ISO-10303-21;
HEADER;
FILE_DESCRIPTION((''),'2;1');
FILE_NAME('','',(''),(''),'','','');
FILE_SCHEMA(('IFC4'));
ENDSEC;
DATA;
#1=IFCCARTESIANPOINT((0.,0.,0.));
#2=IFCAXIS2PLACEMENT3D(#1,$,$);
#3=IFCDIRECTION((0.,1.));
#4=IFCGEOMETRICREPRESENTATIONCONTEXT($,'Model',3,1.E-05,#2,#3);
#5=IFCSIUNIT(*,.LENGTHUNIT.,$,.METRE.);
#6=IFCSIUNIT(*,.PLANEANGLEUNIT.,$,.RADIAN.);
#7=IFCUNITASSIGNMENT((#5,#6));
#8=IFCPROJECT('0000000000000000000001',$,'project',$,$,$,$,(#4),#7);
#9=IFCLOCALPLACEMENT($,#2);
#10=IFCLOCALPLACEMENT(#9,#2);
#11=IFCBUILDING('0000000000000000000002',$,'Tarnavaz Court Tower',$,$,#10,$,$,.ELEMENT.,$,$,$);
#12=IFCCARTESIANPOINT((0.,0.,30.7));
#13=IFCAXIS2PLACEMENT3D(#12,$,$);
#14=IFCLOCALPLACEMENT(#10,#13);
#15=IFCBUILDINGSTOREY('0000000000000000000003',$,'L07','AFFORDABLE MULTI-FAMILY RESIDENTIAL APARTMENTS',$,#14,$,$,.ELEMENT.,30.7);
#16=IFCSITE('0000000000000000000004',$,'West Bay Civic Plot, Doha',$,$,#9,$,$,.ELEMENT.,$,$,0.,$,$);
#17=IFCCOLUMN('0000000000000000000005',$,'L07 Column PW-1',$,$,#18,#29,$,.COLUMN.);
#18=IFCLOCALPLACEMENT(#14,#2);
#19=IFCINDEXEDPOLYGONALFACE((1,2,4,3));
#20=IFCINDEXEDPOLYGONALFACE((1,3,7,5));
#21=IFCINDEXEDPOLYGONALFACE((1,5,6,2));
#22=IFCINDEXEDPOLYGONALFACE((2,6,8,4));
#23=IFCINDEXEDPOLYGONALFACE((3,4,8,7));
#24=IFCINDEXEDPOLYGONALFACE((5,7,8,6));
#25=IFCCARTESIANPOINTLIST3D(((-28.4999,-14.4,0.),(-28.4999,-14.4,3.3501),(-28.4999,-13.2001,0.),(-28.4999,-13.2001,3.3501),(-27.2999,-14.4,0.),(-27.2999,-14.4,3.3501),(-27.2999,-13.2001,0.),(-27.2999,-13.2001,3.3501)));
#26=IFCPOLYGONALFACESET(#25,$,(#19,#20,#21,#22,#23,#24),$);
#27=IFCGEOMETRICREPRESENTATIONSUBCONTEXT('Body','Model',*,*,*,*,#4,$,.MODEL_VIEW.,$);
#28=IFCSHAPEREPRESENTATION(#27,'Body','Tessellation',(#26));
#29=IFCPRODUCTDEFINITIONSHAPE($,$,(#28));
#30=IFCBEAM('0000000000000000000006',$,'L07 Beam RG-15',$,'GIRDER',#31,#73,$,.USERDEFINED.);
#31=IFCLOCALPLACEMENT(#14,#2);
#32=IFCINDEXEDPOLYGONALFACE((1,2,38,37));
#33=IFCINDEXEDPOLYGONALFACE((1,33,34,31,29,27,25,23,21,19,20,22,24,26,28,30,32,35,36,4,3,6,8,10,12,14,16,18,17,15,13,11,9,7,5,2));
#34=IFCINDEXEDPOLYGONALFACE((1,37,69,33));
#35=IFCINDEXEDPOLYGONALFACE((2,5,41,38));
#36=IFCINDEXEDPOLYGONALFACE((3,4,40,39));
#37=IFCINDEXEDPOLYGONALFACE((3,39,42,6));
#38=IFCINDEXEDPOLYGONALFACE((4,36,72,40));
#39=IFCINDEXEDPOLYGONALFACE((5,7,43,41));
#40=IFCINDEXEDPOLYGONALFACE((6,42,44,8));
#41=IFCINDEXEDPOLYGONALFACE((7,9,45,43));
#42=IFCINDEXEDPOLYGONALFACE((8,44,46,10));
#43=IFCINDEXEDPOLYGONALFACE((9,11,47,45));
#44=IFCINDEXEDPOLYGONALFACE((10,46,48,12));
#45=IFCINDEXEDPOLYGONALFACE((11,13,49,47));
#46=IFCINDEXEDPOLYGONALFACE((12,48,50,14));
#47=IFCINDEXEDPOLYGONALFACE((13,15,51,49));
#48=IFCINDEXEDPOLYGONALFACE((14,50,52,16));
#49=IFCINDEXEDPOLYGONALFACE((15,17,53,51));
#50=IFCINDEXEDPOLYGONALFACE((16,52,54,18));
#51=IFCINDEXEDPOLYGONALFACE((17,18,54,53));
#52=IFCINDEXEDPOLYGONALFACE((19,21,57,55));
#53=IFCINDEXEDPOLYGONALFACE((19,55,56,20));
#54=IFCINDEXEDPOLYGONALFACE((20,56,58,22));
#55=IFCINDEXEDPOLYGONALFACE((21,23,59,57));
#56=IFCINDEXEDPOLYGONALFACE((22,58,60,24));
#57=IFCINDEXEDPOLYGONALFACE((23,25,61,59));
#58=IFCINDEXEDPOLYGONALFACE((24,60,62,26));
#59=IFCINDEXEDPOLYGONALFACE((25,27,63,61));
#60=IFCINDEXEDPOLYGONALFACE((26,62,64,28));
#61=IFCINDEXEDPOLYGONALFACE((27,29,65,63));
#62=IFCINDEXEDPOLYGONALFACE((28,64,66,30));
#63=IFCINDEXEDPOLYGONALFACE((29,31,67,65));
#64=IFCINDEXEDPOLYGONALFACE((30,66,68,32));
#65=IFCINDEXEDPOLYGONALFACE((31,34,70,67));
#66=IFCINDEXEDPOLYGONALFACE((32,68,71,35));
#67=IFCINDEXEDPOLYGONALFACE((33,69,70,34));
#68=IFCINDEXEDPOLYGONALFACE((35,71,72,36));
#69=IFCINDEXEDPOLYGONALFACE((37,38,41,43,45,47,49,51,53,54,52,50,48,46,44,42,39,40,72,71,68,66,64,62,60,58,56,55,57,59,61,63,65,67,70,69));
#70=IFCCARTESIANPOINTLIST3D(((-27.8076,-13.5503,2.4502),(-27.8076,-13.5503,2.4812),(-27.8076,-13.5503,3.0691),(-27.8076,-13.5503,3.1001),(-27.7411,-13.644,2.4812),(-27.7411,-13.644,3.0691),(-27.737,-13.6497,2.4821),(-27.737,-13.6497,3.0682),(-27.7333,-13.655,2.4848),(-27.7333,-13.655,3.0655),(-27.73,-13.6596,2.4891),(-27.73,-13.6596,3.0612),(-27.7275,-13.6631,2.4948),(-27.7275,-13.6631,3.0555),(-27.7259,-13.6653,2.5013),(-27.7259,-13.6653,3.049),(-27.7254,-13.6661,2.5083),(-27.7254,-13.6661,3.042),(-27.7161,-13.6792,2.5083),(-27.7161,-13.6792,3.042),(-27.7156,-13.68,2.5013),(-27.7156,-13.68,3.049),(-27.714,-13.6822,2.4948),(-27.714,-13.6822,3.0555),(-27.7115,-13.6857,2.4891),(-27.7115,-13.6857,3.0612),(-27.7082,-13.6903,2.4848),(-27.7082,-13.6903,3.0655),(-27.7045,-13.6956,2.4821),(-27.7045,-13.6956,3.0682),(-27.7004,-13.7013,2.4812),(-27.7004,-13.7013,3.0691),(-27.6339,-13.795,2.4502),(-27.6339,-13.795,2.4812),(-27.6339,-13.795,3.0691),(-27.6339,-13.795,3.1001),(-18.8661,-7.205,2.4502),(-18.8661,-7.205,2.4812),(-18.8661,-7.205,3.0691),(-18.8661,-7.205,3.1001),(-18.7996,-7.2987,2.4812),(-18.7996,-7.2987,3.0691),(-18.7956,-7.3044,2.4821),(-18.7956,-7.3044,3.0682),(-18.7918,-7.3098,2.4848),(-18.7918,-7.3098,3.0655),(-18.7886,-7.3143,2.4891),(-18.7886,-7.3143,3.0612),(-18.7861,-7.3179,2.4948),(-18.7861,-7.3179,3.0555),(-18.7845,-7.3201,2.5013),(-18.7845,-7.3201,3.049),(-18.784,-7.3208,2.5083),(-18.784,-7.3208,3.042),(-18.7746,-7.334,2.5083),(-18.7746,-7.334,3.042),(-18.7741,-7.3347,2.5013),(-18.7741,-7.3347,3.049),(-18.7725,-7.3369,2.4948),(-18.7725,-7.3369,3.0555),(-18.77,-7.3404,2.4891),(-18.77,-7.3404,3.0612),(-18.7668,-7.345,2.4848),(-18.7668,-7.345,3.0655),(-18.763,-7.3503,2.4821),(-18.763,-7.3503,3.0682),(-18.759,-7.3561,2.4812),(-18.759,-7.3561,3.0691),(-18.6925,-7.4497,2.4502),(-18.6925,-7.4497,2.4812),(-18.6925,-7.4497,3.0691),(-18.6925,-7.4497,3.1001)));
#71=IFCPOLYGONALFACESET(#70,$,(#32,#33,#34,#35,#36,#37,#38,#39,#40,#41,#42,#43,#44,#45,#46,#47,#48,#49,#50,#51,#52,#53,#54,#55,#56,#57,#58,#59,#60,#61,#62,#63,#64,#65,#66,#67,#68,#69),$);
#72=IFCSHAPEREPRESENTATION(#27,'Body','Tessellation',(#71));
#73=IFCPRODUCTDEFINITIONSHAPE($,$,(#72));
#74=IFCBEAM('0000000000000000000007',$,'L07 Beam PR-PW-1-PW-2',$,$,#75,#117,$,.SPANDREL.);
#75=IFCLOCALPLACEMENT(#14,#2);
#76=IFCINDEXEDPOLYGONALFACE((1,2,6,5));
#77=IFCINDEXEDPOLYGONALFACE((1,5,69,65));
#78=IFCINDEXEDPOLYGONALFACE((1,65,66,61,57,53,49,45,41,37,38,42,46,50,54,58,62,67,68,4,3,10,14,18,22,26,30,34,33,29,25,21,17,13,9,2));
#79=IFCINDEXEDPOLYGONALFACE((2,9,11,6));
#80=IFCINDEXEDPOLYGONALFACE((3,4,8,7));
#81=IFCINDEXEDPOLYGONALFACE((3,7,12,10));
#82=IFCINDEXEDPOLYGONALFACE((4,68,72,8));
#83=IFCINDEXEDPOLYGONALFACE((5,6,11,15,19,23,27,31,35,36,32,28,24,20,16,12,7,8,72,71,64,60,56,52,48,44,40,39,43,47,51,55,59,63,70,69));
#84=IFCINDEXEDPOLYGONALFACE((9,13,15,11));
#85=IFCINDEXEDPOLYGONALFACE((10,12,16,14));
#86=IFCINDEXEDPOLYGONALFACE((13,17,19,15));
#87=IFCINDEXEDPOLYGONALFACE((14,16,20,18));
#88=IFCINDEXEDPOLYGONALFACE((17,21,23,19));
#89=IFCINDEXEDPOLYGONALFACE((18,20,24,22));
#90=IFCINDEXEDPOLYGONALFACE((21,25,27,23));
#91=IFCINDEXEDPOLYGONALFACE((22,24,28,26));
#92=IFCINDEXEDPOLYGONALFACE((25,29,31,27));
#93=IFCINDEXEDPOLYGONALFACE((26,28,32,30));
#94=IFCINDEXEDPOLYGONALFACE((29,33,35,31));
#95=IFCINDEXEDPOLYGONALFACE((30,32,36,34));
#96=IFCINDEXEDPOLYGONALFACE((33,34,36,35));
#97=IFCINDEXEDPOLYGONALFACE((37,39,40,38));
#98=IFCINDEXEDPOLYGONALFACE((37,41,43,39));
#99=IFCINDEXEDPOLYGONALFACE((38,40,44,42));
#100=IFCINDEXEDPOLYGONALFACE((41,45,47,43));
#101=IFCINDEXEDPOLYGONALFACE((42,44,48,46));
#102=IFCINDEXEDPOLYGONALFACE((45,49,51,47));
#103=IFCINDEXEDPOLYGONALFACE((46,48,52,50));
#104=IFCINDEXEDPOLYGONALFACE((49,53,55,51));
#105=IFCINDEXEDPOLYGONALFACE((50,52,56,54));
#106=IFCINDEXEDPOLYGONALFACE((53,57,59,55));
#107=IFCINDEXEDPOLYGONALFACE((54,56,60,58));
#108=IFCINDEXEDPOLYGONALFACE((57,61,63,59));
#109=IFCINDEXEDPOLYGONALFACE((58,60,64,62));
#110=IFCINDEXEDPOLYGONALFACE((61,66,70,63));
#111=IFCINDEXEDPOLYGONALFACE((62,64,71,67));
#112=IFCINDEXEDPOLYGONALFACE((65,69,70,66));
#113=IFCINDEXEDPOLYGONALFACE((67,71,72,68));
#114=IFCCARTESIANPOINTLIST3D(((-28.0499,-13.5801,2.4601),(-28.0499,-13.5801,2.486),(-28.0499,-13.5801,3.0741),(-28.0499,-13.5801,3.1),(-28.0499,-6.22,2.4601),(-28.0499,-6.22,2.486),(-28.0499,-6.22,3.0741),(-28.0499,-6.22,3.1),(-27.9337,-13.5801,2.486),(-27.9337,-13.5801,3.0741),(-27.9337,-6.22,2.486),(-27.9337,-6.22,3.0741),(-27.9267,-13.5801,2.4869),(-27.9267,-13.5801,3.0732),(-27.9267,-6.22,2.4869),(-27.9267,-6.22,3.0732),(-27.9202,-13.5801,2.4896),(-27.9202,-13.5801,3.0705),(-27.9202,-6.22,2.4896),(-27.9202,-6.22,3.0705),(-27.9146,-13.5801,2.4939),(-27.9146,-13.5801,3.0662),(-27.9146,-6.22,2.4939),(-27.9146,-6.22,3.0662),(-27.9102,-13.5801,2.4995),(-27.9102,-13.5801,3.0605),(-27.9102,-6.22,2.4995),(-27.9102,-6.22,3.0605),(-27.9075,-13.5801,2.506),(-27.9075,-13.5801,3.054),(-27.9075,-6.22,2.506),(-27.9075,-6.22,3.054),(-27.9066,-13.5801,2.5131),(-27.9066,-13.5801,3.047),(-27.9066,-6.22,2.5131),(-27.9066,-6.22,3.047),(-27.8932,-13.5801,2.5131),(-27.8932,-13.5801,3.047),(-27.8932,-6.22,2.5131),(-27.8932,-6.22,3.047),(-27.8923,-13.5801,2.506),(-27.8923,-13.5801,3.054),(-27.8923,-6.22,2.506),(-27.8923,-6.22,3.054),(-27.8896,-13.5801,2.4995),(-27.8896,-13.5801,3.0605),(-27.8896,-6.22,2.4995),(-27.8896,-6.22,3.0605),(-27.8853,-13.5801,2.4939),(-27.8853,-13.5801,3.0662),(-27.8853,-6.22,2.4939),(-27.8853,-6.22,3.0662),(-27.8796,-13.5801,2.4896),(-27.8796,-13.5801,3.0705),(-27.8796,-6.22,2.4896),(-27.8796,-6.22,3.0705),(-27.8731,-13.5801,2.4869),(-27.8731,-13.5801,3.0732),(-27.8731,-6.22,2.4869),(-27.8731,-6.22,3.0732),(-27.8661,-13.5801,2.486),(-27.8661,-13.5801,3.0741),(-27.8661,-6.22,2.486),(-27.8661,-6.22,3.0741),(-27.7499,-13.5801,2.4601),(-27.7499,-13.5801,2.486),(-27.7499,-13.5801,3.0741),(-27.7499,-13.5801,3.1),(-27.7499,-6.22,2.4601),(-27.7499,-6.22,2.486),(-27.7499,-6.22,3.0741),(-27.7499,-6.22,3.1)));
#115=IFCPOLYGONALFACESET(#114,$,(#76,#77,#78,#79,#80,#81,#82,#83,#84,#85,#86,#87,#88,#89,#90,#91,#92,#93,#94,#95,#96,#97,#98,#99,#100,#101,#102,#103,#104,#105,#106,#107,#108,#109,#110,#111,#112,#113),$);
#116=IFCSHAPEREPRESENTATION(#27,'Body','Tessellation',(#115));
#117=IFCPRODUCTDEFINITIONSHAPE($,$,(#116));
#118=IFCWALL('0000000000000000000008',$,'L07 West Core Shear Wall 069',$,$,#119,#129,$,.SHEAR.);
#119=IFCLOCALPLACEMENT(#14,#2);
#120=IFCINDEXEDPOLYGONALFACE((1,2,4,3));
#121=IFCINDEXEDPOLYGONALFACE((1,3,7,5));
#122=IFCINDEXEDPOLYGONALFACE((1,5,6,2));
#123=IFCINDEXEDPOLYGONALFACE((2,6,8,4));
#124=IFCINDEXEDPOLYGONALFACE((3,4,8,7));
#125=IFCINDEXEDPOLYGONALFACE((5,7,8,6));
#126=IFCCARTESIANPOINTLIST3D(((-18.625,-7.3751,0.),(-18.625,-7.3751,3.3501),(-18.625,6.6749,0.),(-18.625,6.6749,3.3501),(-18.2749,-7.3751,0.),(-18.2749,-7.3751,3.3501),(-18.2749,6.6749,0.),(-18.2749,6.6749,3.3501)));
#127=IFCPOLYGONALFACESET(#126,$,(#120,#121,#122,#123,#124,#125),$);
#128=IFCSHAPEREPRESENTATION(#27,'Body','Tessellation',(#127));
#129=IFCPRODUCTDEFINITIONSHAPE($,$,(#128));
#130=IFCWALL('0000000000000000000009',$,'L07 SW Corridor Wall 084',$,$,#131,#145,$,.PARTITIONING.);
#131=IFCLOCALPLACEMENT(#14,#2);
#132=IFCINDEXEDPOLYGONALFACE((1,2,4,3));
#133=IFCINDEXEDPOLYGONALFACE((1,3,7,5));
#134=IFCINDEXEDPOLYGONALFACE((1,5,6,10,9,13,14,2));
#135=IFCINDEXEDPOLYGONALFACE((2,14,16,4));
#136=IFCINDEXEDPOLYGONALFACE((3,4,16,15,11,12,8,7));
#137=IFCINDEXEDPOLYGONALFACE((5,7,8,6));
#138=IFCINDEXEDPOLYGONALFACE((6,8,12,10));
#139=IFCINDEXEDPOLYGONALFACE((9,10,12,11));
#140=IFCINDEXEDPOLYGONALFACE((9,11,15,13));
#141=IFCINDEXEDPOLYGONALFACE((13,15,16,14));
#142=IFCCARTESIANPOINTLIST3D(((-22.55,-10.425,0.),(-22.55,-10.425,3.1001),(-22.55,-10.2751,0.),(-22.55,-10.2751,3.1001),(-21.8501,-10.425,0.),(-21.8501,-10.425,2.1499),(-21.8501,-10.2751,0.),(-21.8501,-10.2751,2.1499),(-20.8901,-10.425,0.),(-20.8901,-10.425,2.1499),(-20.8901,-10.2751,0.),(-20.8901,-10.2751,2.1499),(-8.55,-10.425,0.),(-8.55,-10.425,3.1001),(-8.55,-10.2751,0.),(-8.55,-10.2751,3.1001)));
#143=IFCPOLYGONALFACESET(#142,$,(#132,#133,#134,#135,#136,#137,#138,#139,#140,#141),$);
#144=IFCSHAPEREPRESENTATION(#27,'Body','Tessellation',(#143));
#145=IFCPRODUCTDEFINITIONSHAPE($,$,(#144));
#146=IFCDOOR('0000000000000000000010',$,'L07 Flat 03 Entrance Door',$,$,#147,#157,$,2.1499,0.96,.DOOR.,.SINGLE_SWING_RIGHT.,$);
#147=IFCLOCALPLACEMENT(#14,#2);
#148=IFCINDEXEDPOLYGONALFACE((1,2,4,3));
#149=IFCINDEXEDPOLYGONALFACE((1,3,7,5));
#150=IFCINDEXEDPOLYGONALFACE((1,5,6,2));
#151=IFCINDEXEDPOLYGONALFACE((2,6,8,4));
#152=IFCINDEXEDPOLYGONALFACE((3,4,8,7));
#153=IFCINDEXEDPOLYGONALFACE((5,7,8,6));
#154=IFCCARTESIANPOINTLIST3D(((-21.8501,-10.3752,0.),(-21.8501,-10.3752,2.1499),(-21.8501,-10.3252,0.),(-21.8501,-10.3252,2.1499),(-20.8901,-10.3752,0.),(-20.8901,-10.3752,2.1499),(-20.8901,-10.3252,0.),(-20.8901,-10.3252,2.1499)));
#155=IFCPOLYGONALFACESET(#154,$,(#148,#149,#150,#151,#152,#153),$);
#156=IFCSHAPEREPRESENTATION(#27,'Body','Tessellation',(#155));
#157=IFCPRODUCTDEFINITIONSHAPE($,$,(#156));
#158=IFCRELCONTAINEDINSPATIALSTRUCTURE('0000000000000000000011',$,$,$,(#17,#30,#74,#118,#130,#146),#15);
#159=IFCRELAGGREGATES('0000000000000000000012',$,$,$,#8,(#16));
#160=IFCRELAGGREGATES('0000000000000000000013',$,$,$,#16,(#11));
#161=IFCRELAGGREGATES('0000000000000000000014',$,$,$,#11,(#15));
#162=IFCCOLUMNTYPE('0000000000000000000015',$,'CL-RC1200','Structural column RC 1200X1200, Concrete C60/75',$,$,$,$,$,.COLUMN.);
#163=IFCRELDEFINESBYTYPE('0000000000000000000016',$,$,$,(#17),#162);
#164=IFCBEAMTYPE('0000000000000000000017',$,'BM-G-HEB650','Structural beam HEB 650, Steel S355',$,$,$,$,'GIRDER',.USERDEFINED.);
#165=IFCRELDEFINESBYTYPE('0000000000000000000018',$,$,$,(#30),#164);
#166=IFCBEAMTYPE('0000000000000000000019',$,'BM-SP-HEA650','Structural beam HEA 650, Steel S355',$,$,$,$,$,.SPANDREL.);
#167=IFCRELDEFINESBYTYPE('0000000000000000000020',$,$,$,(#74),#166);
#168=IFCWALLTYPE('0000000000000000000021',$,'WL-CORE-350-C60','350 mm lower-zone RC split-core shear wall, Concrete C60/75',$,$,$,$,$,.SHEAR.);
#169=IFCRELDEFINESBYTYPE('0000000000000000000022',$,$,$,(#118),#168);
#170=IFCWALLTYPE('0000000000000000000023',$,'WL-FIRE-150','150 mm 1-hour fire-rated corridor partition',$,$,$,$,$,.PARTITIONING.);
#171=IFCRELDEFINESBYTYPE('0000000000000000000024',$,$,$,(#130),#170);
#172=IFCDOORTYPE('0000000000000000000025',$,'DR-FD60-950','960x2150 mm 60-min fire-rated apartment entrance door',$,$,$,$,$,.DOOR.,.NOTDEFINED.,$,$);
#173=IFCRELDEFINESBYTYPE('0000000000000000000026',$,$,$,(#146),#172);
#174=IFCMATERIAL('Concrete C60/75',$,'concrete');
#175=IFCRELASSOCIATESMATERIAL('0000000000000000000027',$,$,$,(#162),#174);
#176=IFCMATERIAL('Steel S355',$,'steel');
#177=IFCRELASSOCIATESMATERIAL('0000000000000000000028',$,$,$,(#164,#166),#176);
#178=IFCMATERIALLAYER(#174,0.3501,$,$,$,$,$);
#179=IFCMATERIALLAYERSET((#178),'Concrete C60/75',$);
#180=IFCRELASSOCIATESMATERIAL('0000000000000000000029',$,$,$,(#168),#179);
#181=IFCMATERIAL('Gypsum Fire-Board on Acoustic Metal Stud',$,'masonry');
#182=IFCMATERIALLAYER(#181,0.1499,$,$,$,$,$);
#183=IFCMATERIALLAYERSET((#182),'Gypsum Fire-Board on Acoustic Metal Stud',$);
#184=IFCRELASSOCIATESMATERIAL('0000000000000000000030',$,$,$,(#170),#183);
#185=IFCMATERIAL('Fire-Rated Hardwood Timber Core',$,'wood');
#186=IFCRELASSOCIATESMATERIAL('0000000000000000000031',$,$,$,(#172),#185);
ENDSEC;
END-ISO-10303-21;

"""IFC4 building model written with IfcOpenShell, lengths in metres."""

from ifc_helpers import new_model, si_unit, direction, frame, frame_2d, origin, origin_2d, place, context, subcontext, project, spatial, rectangle, i_section, extrude, material, layer, layer_set, material_profile, profile_set, type_object, element, fill, save


model = new_model("IFC4")

# Units and contexts
model_context = context("Model", 3, precision=1e-05, world=origin(), true_north=direction((0.0, 1.0)))
body_context = subcontext(model_context, "Body", "Model", "MODEL_VIEW")
ifc_project = project(units=[si_unit("LENGTHUNIT", "METRE"), si_unit("PLANEANGLEUNIT", "RADIAN")], contexts=[model_context])

# Site, building, storey
site_placement = place(None, origin())
site = spatial("IfcSite", under=ifc_project, at=site_placement, Name="West Bay Civic Plot, Doha", CompositionType="ELEMENT", RefElevation=0.0)
building_placement = place(site_placement, origin())
building = spatial("IfcBuilding", under=site, at=building_placement, Name="Tarnavaz Court Tower", CompositionType="ELEMENT")
storey_placement = place(building_placement, frame((0.0, 0.0, 30.7)))
storey = spatial("IfcBuildingStorey", under=building, at=storey_placement, Name="L07", Description="AFFORDABLE MULTI-FAMILY RESIDENTIAL APARTMENTS", CompositionType="ELEMENT", Elevation=30.7)

# Column
ifc_material_1 = material(Name="Concrete C60/75", Category="concrete")
ifc_material_profile_1 = material_profile(ifc_material_1, rectangle(XDim=1.2, YDim=1.2, at=origin_2d()), Name="RC 1200X1200")
ifc_profile_set_1 = profile_set([ifc_material_profile_1], Name="Concrete C60/75")
column_type = type_object("IfcColumnType", Name="CL-RC1200", Description="Structural column RC 1200X1200, Concrete C60/75", PredefinedType="COLUMN", material=ifc_profile_set_1)
column_placement = place(storey_placement, frame((-27.8999, -13.8, 0.0), z_axis=(0.0, 0.0, 1.0), x_axis=(1.0, 0.0, 0.0)))
element("IfcColumn", 1, at=column_placement, inside=storey, type_object=column_type, Name="L07 Column PW-1", PredefinedType="COLUMN", context=body_context, shape_type="SweptSolid", body=[
    extrude(rectangle(XDim=1.2, YDim=1.2, at=origin_2d()), origin(), (0.0, 0.0, 1.0), 3.3501),
])

# Beams
ifc_material_2 = material(Name="Steel S355", Category="steel")
ifc_material_profile_2 = material_profile(ifc_material_2, i_section(OverallWidth=0.3, OverallDepth=0.6499, WebThickness=0.0161, FlangeThickness=0.031, FilletRadius=0.0271, at=origin_2d()), Name="HEB 650")
ifc_profile_set_2 = profile_set([ifc_material_profile_2], Name="Steel S355")
beam_type_1 = type_object("IfcBeamType", Name="BM-G-HEB650", Description="Structural beam HEB 650, Steel S355", ElementType="GIRDER", PredefinedType="USERDEFINED", material=ifc_profile_set_2)
beam_1_placement = place(storey_placement, frame((-18.7793, -7.3274, 2.7751), z_axis=(-0.81552, -0.578729, 0.0), x_axis=(0.578729, -0.81552, 0.0)))
element("IfcBeam", 2, at=beam_1_placement, inside=storey, type_object=beam_type_1, Name="L07 Beam RG-15", ObjectType="GIRDER", PredefinedType="USERDEFINED", context=body_context, shape_type="SweptSolid", body=[
    extrude(i_section(OverallWidth=0.3, OverallDepth=0.6499, WebThickness=0.0161, FlangeThickness=0.031, FilletRadius=0.0271, at=origin_2d()), origin(), (0.0, 0.0, 1.0), 10.9641),
])
ifc_material_profile_3 = material_profile(ifc_material_2, i_section(OverallWidth=0.3, OverallDepth=0.6399, WebThickness=0.0134, FlangeThickness=0.0259, FilletRadius=0.0271, at=origin_2d()), Name="HEA 650")
ifc_profile_set_3 = profile_set([ifc_material_profile_3], Name="Steel S355")
beam_type_2 = type_object("IfcBeamType", Name="BM-SP-HEA650", Description="Structural beam HEA 650, Steel S355", PredefinedType="SPANDREL", material=ifc_profile_set_3)
beam_2_placement = place(storey_placement, frame((-27.8999, -13.5801, 2.78), z_axis=(0.0, 1.0, 0.0), x_axis=(-1.0, 0.0, 0.0)))
element("IfcBeam", 3, at=beam_2_placement, inside=storey, type_object=beam_type_2, Name="L07 Beam PR-PW-1-PW-2", PredefinedType="SPANDREL", context=body_context, shape_type="SweptSolid", body=[
    extrude(i_section(OverallWidth=0.3, OverallDepth=0.6399, WebThickness=0.0134, FlangeThickness=0.0259, FilletRadius=0.0271, at=origin_2d()), origin(), (0.0, 0.0, 1.0), 7.3601),
])

# Wall
ifc_layer_1 = layer(ifc_material_1, 0.3501)
ifc_layer_set_1 = layer_set([ifc_layer_1], Name="Concrete C60/75")
wall_type_1 = type_object("IfcWallType", Name="WL-CORE-350-C60", Description="350 mm lower-zone RC split-core shear wall, Concrete C60/75", PredefinedType="SHEAR", material=ifc_layer_set_1)
wall_1_placement = place(storey_placement, frame((-18.45, -7.375, 0.0), z_axis=(0.0, 0.0, 1.0), x_axis=(0.0, 1.0, 0.0)))
element("IfcWall", 4, at=wall_1_placement, inside=storey, type_object=wall_type_1, Name="L07 West Core Shear Wall 069", PredefinedType="SHEAR", context=body_context, shape_type="SweptSolid", body=[
    extrude(rectangle(XDim=14.05, YDim=0.3501, at=frame_2d((7.0249, 0.0))), origin(), (0.0, 0.0, 1.0), 3.3501),
])

# Wall, opening, door
ifc_material_3 = material(Name="Gypsum Fire-Board on Acoustic Metal Stud", Category="masonry")
ifc_layer_2 = layer(ifc_material_3, 0.1499)
ifc_layer_set_2 = layer_set([ifc_layer_2], Name="Gypsum Fire-Board on Acoustic Metal Stud")
wall_type_2 = type_object("IfcWallType", Name="WL-FIRE-150", Description="150 mm 1-hour fire-rated corridor partition", PredefinedType="PARTITIONING", material=ifc_layer_set_2)
wall_2_placement = place(storey_placement, frame((-22.55, -10.3501, 0.0), z_axis=(0.0, 0.0, 1.0), x_axis=(1.0, 0.0, 0.0)))
wall_2 = element("IfcWall", 5, at=wall_2_placement, inside=storey, type_object=wall_type_2, Name="L07 SW Corridor Wall 084", PredefinedType="PARTITIONING", context=body_context, shape_type="SweptSolid", body=[
    extrude(rectangle(XDim=14.0, YDim=0.1499, at=frame_2d((7.0, 0.0))), origin(), (0.0, 0.0, 1.0), 3.1001),
])
opening_1_placement = place(wall_2_placement, frame((0.7, 0.0, 0.0)))
opening_1 = element("IfcOpeningElement", 6, at=opening_1_placement, cuts=wall_2, PredefinedType="OPENING", context=body_context, shape_type="SweptSolid", body=[
    extrude(rectangle(XDim=0.96, YDim=2.1499, at=frame_2d((0.48, 1.075))), frame((0.0, 0.085, 0.0), z_axis=(0.0, -1.0, 0.0), x_axis=(1.0, 0.0, 0.0)), (0.0, 0.0, 1.0), 0.1699),
])
ifc_material_4 = material(Name="Fire-Rated Hardwood Timber Core", Category="wood")
door_type_1 = type_object("IfcDoorType", Name="DR-FD60-950", Description="960x2150 mm 60-min fire-rated apartment entrance door", OperationType="NOTDEFINED", PredefinedType="DOOR", material=ifc_material_4)
door_1_placement = place(opening_1_placement, origin())
door_1 = element("IfcDoor", 7, at=door_1_placement, inside=storey, type_object=door_type_1, Name="L07 Flat 03 Entrance Door", OperationType="SINGLE_SWING_RIGHT", OverallHeight=2.1499, OverallWidth=0.96, PredefinedType="DOOR", context=body_context, shape_type="SweptSolid", body=[
    extrude(rectangle(XDim=0.96, YDim=2.1499, at=frame_2d((0.48, 1.075))), frame((0.0, 0.0249, 0.0), z_axis=(0.0, -1.0, 0.0), x_axis=(1.0, 0.0, 0.0)), (0.0, 0.0, 1.0), 0.05),
])
fill(opening_1, door_1)

save(model, "model.ifc")
